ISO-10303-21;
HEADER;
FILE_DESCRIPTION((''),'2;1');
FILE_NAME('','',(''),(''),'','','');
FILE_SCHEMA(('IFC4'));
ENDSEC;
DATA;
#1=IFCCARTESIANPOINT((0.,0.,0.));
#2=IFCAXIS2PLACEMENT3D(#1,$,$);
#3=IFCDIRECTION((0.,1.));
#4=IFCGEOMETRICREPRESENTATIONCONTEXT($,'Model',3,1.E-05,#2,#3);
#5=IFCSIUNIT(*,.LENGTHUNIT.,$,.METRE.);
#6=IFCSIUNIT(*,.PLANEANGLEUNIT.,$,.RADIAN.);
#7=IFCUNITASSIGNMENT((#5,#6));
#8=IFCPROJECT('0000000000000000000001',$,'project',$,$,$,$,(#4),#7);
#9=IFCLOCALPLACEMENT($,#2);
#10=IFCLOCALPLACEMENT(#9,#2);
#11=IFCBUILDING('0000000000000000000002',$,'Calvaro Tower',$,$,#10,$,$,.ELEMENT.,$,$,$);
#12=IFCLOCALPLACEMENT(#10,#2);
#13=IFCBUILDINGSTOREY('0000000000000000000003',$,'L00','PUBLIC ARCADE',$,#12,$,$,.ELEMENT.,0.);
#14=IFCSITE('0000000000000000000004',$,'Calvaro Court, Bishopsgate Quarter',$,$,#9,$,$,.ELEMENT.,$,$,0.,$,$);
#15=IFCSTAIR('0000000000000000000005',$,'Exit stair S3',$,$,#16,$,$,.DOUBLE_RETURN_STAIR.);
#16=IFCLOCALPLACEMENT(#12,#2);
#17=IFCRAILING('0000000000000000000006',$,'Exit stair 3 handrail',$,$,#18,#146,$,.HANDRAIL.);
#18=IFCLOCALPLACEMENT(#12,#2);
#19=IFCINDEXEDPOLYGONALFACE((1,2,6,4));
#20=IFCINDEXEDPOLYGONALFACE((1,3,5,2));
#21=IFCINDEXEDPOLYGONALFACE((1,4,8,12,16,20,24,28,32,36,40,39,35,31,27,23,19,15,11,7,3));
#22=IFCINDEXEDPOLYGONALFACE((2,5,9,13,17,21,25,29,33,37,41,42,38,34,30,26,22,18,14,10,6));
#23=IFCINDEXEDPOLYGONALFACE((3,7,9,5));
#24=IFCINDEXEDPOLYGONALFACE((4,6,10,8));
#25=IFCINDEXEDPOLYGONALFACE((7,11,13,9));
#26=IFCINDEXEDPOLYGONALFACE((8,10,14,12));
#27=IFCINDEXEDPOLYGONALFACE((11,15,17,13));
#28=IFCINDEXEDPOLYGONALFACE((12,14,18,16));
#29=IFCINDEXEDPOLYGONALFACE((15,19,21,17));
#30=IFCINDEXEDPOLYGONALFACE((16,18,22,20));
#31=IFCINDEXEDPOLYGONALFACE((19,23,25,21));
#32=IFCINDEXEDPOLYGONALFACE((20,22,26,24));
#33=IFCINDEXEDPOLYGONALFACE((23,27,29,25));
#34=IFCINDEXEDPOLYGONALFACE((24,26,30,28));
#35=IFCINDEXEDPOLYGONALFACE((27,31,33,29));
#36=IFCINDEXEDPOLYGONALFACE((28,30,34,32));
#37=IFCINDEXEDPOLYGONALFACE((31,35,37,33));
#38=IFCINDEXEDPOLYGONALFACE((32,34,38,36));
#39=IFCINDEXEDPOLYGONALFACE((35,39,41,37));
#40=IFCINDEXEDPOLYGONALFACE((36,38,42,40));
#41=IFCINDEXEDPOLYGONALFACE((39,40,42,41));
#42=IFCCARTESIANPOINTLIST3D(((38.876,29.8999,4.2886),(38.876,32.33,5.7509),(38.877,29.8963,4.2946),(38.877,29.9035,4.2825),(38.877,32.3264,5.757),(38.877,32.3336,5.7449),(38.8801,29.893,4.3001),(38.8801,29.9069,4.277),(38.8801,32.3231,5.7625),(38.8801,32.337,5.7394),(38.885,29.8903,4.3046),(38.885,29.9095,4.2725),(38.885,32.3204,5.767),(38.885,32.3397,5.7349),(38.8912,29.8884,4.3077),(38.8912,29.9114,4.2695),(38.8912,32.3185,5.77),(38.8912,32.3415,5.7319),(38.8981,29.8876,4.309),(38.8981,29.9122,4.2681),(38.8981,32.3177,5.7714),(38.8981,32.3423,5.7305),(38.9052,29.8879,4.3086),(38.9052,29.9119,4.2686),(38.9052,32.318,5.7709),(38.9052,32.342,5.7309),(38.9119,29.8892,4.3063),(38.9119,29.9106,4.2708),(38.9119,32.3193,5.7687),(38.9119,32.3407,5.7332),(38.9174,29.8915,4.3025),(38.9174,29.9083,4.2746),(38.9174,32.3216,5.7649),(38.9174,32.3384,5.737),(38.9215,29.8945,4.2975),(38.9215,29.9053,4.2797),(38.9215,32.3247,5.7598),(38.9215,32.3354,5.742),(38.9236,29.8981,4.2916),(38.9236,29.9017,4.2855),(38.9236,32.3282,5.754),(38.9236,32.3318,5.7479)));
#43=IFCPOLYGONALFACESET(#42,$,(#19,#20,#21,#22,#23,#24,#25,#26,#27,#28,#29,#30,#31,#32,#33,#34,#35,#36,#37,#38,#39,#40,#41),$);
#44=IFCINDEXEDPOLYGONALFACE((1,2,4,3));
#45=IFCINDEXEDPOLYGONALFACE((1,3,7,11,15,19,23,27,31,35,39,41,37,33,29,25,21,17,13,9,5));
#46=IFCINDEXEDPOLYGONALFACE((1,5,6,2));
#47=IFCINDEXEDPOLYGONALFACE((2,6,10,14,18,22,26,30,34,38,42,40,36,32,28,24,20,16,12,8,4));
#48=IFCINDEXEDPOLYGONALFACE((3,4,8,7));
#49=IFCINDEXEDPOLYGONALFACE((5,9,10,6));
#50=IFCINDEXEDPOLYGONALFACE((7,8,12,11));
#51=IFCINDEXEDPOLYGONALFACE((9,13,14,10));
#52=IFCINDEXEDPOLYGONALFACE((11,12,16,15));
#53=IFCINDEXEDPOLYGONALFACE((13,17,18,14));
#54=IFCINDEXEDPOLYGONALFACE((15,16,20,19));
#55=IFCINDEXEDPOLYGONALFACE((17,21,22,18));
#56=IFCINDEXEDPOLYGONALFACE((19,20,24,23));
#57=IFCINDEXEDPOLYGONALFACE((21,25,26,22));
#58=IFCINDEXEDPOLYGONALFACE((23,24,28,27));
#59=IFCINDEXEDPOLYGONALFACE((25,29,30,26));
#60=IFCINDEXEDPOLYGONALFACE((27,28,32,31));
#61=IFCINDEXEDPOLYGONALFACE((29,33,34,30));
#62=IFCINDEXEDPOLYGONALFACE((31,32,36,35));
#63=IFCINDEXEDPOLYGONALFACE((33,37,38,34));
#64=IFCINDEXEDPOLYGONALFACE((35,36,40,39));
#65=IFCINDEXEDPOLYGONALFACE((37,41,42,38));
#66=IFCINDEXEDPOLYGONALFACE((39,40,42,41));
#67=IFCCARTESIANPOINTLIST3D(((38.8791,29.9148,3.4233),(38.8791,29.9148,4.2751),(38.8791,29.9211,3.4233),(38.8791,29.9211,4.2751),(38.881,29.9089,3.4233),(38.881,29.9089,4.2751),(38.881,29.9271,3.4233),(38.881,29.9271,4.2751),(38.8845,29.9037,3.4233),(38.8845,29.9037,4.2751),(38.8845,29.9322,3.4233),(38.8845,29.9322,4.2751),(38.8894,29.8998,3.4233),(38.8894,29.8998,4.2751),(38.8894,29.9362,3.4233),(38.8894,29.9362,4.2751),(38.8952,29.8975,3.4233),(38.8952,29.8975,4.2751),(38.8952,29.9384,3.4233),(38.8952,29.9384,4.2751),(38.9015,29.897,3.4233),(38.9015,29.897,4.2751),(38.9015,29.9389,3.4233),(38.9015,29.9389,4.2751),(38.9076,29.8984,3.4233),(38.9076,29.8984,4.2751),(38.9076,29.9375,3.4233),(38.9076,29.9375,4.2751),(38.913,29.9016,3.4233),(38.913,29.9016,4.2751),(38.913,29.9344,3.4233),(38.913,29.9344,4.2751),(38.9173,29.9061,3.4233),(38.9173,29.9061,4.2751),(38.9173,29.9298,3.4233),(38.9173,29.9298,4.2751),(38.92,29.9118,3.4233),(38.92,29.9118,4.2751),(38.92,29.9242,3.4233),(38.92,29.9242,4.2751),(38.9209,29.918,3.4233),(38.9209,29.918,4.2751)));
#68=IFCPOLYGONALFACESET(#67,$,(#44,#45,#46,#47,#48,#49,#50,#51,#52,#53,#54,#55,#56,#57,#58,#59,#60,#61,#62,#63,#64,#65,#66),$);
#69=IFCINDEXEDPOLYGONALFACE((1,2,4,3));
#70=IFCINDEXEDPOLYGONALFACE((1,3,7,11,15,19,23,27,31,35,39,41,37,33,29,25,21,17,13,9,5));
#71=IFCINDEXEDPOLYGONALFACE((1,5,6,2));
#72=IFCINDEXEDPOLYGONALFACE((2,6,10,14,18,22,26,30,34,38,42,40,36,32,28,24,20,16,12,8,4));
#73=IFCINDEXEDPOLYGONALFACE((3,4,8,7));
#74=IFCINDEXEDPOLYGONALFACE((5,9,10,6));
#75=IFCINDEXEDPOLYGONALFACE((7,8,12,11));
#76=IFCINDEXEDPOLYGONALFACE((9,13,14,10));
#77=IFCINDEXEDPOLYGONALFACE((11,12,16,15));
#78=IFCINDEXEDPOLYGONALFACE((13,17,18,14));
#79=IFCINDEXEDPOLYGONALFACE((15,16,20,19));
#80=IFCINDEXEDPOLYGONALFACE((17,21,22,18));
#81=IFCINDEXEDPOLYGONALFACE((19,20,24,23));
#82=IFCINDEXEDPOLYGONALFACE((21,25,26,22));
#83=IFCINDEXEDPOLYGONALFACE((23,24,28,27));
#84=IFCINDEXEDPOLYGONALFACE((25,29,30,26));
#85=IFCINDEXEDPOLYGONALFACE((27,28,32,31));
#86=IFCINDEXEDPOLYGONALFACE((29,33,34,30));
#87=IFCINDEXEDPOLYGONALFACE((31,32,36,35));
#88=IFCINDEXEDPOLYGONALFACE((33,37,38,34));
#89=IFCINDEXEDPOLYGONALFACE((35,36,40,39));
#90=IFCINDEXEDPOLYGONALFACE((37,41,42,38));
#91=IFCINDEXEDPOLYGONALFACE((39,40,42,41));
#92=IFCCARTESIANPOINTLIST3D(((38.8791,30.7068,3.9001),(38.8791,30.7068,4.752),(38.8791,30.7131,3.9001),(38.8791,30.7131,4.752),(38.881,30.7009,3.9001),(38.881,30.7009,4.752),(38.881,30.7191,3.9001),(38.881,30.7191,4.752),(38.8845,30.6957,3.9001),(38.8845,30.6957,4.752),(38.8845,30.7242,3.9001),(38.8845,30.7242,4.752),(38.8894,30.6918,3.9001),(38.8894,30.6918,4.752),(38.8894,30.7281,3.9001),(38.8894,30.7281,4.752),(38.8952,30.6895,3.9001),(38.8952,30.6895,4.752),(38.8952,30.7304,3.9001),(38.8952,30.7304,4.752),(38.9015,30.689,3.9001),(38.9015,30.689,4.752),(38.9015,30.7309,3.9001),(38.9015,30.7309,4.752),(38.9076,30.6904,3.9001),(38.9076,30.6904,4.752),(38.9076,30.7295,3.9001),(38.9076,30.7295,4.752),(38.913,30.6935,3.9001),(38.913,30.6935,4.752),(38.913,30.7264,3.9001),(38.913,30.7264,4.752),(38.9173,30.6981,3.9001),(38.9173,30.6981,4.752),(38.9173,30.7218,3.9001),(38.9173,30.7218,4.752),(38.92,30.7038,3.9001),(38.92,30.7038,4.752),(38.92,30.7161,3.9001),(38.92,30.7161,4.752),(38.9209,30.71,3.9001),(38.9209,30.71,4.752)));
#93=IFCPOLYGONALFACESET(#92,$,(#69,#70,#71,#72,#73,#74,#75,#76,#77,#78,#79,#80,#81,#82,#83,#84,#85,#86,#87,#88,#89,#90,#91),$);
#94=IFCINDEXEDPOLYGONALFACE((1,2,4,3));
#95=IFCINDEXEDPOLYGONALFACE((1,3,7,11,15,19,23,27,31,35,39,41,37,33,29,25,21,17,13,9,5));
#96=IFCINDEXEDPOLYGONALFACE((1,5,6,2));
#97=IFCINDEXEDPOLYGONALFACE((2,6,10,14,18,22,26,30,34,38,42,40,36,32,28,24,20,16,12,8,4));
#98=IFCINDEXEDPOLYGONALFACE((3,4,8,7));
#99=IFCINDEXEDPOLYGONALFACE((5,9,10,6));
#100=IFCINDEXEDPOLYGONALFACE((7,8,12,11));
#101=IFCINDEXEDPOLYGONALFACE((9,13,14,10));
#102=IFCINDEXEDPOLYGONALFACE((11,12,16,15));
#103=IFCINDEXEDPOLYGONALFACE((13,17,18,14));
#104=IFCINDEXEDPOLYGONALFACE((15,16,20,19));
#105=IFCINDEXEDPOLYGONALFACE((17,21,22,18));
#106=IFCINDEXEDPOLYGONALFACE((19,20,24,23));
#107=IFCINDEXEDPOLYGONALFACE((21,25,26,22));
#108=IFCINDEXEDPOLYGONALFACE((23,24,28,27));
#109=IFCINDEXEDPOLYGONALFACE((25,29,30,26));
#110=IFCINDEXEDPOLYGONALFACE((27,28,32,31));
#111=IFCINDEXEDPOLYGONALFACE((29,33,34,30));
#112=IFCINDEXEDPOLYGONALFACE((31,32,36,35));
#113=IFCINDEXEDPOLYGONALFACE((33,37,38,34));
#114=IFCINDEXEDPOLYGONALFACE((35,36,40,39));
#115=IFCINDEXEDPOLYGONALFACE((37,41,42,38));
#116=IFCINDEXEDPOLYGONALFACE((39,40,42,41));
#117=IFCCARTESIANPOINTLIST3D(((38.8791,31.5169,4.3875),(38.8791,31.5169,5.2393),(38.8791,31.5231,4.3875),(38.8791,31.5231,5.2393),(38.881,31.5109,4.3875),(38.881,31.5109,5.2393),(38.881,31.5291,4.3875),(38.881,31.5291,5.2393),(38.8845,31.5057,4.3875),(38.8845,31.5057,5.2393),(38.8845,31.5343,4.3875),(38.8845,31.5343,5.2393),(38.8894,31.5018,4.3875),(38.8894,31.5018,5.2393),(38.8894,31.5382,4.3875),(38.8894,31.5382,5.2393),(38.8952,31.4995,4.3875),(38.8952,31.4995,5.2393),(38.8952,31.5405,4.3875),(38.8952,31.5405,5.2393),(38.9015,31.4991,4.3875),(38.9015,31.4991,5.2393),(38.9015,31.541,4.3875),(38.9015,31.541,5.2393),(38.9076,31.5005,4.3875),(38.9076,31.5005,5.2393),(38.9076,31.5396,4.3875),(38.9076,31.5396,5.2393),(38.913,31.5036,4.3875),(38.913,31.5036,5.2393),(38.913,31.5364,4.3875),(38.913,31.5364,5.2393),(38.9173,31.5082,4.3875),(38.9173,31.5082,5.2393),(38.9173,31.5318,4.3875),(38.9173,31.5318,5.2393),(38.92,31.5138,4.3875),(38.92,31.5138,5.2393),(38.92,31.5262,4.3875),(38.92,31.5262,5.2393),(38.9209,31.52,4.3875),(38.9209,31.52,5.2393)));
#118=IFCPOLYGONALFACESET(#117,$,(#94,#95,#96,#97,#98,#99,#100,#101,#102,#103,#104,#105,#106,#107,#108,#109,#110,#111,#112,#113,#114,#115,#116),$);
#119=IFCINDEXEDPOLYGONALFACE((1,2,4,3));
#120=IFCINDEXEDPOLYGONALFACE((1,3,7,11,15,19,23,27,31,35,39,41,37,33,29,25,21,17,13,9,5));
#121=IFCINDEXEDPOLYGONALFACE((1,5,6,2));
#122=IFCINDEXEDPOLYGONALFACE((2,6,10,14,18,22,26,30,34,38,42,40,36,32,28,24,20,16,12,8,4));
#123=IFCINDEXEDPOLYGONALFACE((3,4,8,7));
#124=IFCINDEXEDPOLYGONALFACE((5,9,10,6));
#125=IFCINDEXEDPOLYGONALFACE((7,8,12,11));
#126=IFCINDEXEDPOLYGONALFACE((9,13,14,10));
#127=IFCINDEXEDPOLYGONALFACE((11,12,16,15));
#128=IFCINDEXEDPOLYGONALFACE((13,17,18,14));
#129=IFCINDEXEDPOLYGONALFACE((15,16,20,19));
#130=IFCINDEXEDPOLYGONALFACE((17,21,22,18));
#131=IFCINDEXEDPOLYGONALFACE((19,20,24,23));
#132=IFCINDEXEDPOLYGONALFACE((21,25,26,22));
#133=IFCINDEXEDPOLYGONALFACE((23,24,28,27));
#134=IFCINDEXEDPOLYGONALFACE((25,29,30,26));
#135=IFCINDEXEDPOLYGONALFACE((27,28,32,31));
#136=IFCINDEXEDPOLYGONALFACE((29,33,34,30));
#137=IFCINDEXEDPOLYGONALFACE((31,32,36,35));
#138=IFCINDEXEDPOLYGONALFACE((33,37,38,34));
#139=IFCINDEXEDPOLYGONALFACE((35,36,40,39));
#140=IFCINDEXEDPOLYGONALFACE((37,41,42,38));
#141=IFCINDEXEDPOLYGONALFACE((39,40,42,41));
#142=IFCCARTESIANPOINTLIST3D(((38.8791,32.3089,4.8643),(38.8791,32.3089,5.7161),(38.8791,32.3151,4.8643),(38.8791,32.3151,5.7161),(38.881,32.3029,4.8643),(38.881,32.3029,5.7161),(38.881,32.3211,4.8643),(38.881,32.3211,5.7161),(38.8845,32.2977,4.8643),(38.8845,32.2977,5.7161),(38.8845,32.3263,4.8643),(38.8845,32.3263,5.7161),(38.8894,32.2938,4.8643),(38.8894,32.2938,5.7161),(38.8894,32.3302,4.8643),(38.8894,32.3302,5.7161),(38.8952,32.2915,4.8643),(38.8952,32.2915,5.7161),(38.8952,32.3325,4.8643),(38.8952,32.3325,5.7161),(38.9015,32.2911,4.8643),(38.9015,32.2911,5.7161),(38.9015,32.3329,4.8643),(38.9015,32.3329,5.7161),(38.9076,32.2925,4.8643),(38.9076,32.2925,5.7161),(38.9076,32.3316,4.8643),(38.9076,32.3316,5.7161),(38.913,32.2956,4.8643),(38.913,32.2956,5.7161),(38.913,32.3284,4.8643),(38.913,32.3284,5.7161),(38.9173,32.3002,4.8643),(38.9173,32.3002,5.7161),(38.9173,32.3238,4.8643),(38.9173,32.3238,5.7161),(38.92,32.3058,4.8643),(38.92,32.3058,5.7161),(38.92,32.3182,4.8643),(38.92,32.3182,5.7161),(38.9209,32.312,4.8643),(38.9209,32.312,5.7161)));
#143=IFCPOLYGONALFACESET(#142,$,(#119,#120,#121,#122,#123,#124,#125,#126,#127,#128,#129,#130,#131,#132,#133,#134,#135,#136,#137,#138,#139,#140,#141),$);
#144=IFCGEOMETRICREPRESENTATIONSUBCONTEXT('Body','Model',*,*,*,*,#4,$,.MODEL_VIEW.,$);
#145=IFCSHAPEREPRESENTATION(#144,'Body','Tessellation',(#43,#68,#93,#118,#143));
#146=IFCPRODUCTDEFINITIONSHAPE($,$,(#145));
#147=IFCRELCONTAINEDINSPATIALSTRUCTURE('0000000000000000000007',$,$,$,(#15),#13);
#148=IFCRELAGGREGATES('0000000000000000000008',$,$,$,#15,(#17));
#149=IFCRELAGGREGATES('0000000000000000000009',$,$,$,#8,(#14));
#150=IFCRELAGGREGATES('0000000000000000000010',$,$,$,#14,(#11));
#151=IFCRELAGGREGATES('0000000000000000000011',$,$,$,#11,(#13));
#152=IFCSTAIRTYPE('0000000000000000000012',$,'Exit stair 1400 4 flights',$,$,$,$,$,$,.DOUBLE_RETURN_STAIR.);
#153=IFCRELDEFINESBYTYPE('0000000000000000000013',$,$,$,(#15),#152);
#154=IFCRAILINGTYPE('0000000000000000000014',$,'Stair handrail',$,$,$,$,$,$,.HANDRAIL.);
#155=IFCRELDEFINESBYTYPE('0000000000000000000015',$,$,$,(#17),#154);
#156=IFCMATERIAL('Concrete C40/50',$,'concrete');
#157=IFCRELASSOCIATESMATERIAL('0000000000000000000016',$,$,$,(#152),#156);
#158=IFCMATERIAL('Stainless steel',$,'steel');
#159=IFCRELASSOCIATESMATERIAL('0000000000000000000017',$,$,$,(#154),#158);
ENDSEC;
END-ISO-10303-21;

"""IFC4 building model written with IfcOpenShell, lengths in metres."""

from ifc_helpers import new_model, si_unit, direction, frame, origin, origin_2d, place, context, subcontext, project, spatial, circle, extrude, material, type_object, element, aggregate, save


model = new_model("IFC4")

# Units and contexts
model_context = context("Model", 3, precision=1e-05, world=origin(), true_north=direction((0.0, 1.0)))
body_context = subcontext(model_context, "Body", "Model", "MODEL_VIEW")
ifc_project = project(units=[si_unit("LENGTHUNIT", "METRE"), si_unit("PLANEANGLEUNIT", "RADIAN")], contexts=[model_context])

# Site, building, storey
site_placement = place(None, origin())
site = spatial("IfcSite", under=ifc_project, at=site_placement, Name="Calvaro Court, Bishopsgate Quarter", CompositionType="ELEMENT", RefElevation=0.0)
building_placement = place(site_placement, origin())
building = spatial("IfcBuilding", under=site, at=building_placement, Name="Calvaro Tower", CompositionType="ELEMENT")
storey_placement = place(building_placement, origin())
storey = spatial("IfcBuildingStorey", under=building, at=storey_placement, Name="L00", Description="PUBLIC ARCADE", CompositionType="ELEMENT", Elevation=0.0)

# Stair
ifc_material_1 = material(Name="Concrete C40/50", Category="concrete")
stair_type = type_object("IfcStairType", Name="Exit stair 1400 4 flights", PredefinedType="DOUBLE_RETURN_STAIR", material=ifc_material_1)
stair_1_placement = place(storey_placement, origin())
stair_1 = element("IfcStair", 1, at=stair_1_placement, inside=storey, type_object=stair_type, Name="Exit stair S3", PredefinedType="DOUBLE_RETURN_STAIR")

# Railing
ifc_material_2 = material(Name="Stainless steel", Category="steel")
railing_type = type_object("IfcRailingType", Name="Stair handrail", PredefinedType="HANDRAIL", material=ifc_material_2)
railing_1_placement = place(storey_placement, frame((38.8999, 29.8999, 3.4126)))
railing_1 = element("IfcRailing", 2, at=railing_1_placement, type_object=railing_type, Name="Exit stair 3 handrail", PredefinedType="HANDRAIL", context=body_context, shape_type="SweptSolid", body=[
    extrude(circle(Radius=0.0239, at=origin_2d()), frame((0.0, 0.0, 0.876), z_axis=(0.0, 0.856824, 0.515609), x_axis=(-1.0, 0.0, 0.0)), (0.0, 0.0, 1.0), 2.8362),
    extrude(circle(Radius=0.021, at=origin_2d()), frame((0.0, 0.0181, 0.0107)), (0.0, 0.0, 1.0), 0.8518),
    extrude(circle(Radius=0.021, at=origin_2d()), frame((0.0, 0.8101, 0.4875)), (0.0, 0.0, 1.0), 0.8518),
    extrude(circle(Radius=0.021, at=origin_2d()), frame((0.0, 1.6201, 0.9749)), (0.0, 0.0, 1.0), 0.8518),
    extrude(circle(Radius=0.021, at=origin_2d()), frame((0.0, 2.4121, 1.4517)), (0.0, 0.0, 1.0), 0.8518),
])
aggregate(stair_1, [railing_1])

save(model, "model.ifc")
